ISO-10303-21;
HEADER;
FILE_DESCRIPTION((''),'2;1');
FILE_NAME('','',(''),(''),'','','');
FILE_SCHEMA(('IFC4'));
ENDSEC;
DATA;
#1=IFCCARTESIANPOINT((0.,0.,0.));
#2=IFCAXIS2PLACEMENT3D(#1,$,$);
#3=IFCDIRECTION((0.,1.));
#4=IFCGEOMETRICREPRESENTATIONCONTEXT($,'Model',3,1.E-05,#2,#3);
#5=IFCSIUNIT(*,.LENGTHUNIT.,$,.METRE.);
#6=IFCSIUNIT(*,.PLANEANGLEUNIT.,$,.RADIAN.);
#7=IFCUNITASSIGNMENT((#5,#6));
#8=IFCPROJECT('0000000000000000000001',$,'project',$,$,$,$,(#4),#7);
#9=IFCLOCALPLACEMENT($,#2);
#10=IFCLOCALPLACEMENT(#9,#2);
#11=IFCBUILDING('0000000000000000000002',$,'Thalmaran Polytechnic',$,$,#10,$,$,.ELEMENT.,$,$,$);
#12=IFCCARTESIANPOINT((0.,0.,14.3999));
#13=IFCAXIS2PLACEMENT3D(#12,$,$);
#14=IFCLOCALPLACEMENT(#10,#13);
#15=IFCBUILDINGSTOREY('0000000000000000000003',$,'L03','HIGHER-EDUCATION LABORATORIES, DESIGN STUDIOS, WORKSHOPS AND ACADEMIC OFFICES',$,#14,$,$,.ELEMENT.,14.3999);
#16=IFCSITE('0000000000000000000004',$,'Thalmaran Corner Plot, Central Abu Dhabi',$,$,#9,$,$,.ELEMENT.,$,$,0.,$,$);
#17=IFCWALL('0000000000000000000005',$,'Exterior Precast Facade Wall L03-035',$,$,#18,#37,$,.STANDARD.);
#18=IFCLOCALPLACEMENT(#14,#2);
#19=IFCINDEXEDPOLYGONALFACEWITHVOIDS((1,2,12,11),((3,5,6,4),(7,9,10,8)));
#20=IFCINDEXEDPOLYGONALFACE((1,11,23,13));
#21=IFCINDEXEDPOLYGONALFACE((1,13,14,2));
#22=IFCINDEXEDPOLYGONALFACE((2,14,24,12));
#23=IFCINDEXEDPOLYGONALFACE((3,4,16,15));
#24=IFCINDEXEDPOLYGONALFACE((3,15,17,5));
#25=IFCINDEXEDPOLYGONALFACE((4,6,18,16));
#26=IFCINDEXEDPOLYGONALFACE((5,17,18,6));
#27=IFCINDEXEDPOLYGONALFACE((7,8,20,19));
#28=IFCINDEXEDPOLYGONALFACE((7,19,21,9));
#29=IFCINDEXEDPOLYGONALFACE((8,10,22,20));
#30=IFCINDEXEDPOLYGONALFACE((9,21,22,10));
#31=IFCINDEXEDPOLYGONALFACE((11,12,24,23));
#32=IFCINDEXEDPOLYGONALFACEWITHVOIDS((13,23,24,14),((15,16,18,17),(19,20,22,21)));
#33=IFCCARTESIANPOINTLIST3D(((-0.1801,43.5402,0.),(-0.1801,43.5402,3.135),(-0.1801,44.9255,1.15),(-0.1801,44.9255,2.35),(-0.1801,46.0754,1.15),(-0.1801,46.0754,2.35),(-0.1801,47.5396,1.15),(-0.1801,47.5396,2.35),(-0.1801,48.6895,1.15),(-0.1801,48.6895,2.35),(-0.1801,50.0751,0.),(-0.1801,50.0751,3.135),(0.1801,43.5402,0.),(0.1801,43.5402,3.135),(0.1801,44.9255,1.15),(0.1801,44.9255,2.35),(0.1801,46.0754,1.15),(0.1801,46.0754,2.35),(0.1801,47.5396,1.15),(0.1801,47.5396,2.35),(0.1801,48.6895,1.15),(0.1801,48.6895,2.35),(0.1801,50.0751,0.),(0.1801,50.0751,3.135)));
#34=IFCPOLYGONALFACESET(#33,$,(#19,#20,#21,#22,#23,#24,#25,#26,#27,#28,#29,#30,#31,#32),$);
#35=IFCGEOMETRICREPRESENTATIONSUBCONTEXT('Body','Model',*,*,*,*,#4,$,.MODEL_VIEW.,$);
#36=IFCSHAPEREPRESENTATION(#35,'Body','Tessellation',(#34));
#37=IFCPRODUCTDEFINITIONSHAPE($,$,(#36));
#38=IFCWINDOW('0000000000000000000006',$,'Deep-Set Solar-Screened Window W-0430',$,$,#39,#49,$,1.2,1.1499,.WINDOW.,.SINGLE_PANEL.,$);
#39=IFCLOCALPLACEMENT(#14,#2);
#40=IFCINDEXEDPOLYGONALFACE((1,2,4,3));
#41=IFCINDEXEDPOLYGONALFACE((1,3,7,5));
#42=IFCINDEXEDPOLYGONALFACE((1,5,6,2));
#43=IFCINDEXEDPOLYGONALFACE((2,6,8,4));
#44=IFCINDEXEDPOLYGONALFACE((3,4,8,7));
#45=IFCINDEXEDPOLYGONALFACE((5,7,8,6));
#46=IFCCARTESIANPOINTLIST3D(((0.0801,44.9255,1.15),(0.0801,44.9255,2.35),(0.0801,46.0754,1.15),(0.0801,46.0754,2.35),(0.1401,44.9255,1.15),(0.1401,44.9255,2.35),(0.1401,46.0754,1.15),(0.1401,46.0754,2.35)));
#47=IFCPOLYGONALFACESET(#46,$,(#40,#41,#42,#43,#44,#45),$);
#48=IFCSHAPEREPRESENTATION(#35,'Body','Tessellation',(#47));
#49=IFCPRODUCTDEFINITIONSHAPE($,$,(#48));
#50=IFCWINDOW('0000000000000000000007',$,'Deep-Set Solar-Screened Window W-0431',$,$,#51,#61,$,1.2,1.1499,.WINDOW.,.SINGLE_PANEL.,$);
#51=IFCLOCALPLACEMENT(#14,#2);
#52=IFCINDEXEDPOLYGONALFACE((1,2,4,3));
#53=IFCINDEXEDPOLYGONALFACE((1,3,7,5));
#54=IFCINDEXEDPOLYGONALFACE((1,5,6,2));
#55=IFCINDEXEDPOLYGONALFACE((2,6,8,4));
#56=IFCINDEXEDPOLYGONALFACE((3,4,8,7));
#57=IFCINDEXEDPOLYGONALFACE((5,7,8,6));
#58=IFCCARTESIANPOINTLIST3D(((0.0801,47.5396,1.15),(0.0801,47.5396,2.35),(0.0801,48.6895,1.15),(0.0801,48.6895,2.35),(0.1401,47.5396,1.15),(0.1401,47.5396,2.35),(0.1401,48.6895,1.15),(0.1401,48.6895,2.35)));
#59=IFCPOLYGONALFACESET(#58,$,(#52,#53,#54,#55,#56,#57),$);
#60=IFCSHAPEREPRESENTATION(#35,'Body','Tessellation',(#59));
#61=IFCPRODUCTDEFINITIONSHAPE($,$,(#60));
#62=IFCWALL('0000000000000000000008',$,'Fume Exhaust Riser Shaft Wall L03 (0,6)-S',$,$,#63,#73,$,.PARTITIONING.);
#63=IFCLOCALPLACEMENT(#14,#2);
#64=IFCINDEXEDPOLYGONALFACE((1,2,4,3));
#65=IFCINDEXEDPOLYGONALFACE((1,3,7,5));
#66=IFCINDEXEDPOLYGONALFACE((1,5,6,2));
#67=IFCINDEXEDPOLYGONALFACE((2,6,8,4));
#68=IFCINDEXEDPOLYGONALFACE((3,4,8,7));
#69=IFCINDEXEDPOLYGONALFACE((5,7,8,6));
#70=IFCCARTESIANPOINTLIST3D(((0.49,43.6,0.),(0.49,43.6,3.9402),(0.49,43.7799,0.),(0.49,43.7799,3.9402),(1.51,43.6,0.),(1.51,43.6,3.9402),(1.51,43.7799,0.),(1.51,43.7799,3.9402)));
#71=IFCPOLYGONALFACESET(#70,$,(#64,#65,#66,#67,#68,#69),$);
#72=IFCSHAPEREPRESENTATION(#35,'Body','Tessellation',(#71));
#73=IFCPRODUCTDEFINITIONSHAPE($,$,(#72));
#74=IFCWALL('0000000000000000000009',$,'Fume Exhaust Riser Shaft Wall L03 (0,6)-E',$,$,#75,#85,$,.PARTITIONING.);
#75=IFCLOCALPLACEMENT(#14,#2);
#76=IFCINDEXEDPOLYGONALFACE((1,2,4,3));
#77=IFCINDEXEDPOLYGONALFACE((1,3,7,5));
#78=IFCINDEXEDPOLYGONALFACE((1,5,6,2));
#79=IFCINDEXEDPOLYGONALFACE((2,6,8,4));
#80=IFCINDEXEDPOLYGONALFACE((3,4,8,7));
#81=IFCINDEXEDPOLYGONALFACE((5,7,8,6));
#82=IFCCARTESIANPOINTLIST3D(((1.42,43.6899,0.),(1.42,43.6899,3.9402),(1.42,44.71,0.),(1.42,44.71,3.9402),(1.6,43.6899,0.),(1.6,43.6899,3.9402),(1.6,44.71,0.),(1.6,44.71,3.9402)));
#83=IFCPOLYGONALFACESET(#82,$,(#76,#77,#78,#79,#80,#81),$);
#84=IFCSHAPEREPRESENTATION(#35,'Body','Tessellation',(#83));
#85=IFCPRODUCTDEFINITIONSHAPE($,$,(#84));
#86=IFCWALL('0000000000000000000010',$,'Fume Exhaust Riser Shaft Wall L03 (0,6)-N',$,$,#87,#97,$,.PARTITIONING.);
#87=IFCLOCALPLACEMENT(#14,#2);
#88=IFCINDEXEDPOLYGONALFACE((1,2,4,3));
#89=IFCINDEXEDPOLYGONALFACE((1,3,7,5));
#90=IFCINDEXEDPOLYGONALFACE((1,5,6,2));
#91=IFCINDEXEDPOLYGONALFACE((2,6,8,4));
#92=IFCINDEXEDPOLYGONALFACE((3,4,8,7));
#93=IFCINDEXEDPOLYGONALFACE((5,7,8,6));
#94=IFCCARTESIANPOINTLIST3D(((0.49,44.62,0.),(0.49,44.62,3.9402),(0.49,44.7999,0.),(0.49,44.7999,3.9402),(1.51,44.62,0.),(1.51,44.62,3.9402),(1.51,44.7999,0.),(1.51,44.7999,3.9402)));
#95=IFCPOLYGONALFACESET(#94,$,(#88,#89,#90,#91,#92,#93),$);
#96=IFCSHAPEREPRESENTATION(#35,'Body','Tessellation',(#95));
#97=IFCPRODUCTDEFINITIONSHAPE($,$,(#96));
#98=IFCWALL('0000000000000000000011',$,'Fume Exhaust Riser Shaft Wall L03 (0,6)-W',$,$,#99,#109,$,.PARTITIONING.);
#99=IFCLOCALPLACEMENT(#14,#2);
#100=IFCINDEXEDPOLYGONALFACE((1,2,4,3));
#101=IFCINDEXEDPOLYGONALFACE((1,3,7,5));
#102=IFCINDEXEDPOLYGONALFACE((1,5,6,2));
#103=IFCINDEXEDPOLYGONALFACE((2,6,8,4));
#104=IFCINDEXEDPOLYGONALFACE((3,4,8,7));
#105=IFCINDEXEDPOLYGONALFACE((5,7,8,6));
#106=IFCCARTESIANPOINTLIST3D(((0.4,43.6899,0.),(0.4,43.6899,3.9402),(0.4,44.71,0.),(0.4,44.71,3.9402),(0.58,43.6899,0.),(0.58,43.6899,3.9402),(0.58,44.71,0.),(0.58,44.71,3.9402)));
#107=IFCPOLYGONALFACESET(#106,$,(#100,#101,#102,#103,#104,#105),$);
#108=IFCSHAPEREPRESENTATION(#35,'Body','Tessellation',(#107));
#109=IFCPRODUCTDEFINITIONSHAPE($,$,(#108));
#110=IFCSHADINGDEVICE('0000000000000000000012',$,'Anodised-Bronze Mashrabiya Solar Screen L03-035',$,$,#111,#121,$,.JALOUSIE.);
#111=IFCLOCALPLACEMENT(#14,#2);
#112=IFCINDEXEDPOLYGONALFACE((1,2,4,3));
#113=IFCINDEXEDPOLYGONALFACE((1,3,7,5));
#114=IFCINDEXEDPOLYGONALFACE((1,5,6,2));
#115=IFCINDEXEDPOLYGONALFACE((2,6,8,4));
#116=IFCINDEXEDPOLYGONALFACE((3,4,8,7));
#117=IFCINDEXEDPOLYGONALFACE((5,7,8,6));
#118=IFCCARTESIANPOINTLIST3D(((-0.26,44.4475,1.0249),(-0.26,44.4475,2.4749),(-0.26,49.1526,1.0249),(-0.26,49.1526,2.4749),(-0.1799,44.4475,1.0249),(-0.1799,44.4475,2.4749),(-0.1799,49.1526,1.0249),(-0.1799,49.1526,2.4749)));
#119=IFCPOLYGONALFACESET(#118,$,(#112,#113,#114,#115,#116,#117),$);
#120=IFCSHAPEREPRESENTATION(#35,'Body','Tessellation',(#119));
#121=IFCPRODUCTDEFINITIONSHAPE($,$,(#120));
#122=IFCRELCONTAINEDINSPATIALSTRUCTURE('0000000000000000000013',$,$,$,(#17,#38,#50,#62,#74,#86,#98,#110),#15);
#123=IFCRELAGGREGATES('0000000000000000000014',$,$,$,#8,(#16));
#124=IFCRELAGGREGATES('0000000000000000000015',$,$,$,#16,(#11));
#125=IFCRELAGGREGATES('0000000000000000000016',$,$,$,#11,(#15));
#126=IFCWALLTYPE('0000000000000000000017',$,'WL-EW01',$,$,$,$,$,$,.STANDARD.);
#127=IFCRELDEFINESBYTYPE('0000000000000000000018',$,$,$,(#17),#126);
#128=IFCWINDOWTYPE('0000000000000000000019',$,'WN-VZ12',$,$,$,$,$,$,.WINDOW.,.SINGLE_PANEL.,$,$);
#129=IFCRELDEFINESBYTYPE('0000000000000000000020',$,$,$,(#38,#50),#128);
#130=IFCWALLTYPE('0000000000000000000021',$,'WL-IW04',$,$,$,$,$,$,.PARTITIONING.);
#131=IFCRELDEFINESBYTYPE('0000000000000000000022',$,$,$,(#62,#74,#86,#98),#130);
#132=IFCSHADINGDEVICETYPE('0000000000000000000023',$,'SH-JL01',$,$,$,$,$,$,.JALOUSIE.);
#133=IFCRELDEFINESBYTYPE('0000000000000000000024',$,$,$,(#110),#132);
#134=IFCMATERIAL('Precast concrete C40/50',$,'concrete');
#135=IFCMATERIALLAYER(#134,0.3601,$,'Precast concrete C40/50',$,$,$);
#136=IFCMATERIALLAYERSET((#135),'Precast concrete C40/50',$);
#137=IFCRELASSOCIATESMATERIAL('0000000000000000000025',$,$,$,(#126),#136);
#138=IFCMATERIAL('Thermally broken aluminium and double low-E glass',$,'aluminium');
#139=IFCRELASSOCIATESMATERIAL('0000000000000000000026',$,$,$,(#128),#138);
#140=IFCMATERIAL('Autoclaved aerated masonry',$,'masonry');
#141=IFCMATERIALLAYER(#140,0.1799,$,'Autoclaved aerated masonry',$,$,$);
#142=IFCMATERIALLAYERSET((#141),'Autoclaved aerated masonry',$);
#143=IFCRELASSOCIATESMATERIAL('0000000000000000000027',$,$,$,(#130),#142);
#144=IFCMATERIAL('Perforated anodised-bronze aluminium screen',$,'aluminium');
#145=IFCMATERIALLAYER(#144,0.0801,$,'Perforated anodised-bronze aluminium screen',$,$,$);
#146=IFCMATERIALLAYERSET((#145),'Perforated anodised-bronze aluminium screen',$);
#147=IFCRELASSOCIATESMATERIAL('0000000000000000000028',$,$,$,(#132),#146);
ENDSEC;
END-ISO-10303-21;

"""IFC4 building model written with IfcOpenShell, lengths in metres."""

from ifc_helpers import new_model, si_unit, direction, frame, frame_2d, origin, origin_2d, place, context, subcontext, project, spatial, rectangle, extrude, material, layer, layer_set, type_object, element, fill, save


model = new_model("IFC4")

# Units and contexts
model_context = context("Model", 3, precision=1e-05, world=origin(), true_north=direction((0.0, 1.0)))
body_context = subcontext(model_context, "Body", "Model", "MODEL_VIEW")
ifc_project = project(units=[si_unit("LENGTHUNIT", "METRE"), si_unit("PLANEANGLEUNIT", "RADIAN")], contexts=[model_context])

# Site, building, storey
site_placement = place(None, origin())
site = spatial("IfcSite", under=ifc_project, at=site_placement, Name="Thalmaran Corner Plot, Central Abu Dhabi", CompositionType="ELEMENT", RefElevation=0.0)
building_placement = place(site_placement, origin())
building = spatial("IfcBuilding", under=site, at=building_placement, Name="Thalmaran Polytechnic", CompositionType="ELEMENT")
storey_placement = place(building_placement, frame((0.0, 0.0, 14.3999)))
storey = spatial("IfcBuildingStorey", under=building, at=storey_placement, Name="L03", Description="HIGHER-EDUCATION LABORATORIES, DESIGN STUDIOS, WORKSHOPS AND ACADEMIC OFFICES", CompositionType="ELEMENT", Elevation=14.3999)

# Wall, openings, windows
ifc_material_1 = material(Name="Precast concrete C40/50", Category="concrete")
ifc_layer_1 = layer(ifc_material_1, 0.3601, Name="Precast concrete C40/50")
ifc_layer_set_1 = layer_set([ifc_layer_1], Name="Precast concrete C40/50")
wall_type_1 = type_object("IfcWallType", Name="WL-EW01", PredefinedType="STANDARD", material=ifc_layer_set_1)
wall_placement = place(storey_placement, frame((0.0, 43.54, 0.0), z_axis=(0.0, 0.0, 1.0), x_axis=(0.0, 1.0, 0.0)))
wall = element("IfcWall", 1, at=wall_placement, inside=storey, type_object=wall_type_1, Name="Exterior Precast Facade Wall L03-035", PredefinedType="STANDARD", context=body_context, shape_type="SweptSolid", body=[
    extrude(rectangle(XDim=6.5349, YDim=0.3601, at=frame_2d((3.2676, 0.0))), origin(), (0.0, 0.0, 1.0), 3.135),
])
opening_1_placement = place(wall_placement, frame((1.3855, 0.0, 1.1499)))
opening_1 = element("IfcOpeningElement", 2, at=opening_1_placement, cuts=wall, PredefinedType="OPENING", context=body_context, shape_type="SweptSolid", body=[
    extrude(rectangle(XDim=1.1499, YDim=1.2, at=frame_2d((0.575, 0.6001))), frame((0.0, 0.1899, 0.0), z_axis=(0.0, -1.0, 0.0), x_axis=(1.0, 0.0, 0.0)), (0.0, 0.0, 1.0), 0.3801),
])
opening_2_placement = place(wall_placement, frame((3.9995, 0.0, 1.1499)))
opening_2 = element("IfcOpeningElement", 3, at=opening_2_placement, cuts=wall, PredefinedType="OPENING", context=body_context, shape_type="SweptSolid", body=[
    extrude(rectangle(XDim=1.1499, YDim=1.2, at=frame_2d((0.575, 0.6001))), frame((0.0, 0.1899, 0.0), z_axis=(0.0, -1.0, 0.0), x_axis=(1.0, 0.0, 0.0)), (0.0, 0.0, 1.0), 0.3801),
])
ifc_material_2 = material(Name="Thermally broken aluminium and double low-E glass", Category="aluminium")
window_type = type_object("IfcWindowType", Name="WN-VZ12", PartitioningType="SINGLE_PANEL", PredefinedType="WINDOW", material=ifc_material_2)
window_1_placement = place(opening_1_placement, origin())
window_1 = element("IfcWindow", 4, at=window_1_placement, inside=storey, type_object=window_type, Name="Deep-Set Solar-Screened Window W-0430", OverallHeight=1.2, OverallWidth=1.1499, PartitioningType="SINGLE_PANEL", PredefinedType="WINDOW", context=body_context, shape_type="SweptSolid", body=[
    extrude(rectangle(XDim=1.1499, YDim=1.2, at=frame_2d((0.575, 0.6001))), frame((0.0, -0.0801, 0.0), z_axis=(0.0, -1.0, 0.0), x_axis=(1.0, 0.0, 0.0)), (0.0, 0.0, 1.0), 0.0601),
])
fill(opening_1, window_1)
window_2_placement = place(opening_2_placement, origin())
window_2 = element("IfcWindow", 5, at=window_2_placement, inside=storey, type_object=window_type, Name="Deep-Set Solar-Screened Window W-0431", OverallHeight=1.2, OverallWidth=1.1499, PartitioningType="SINGLE_PANEL", PredefinedType="WINDOW", context=body_context, shape_type="SweptSolid", body=[
    extrude(rectangle(XDim=1.1499, YDim=1.2, at=frame_2d((0.575, 0.6001))), frame((0.0, -0.0801, 0.0), z_axis=(0.0, -1.0, 0.0), x_axis=(1.0, 0.0, 0.0)), (0.0, 0.0, 1.0), 0.0601),
])
fill(opening_2, window_2)

# Walls
ifc_material_3 = material(Name="Autoclaved aerated masonry", Category="masonry")
ifc_layer_2 = layer(ifc_material_3, 0.1799, Name="Autoclaved aerated masonry")
ifc_layer_set_2 = layer_set([ifc_layer_2], Name="Autoclaved aerated masonry")
wall_type_2 = type_object("IfcWallType", Name="WL-IW04", PredefinedType="PARTITIONING", material=ifc_layer_set_2)
for number, where, z_axis, x_axis, name in (
    (6, (0.49, 43.6899, 0.0), (0.0, 0.0, 1.0), (1.0, 0.0, 0.0), "Fume Exhaust Riser Shaft Wall L03 (0,6)-S"),
    (7, (1.51, 43.6899, 0.0), (0.0, 0.0, 1.0), (0.0, 1.0, 0.0), "Fume Exhaust Riser Shaft Wall L03 (0,6)-E"),
    (8, (1.51, 44.71, 0.0), (0.0, 0.0, 1.0), (-1.0, 0.0, 0.0), "Fume Exhaust Riser Shaft Wall L03 (0,6)-N"),
    (9, (0.49, 44.71, 0.0), (0.0, 0.0, 1.0), (0.0, -1.0, 0.0), "Fume Exhaust Riser Shaft Wall L03 (0,6)-W"),
):
    element("IfcWall", number, at=place(storey_placement, frame(where, z_axis=z_axis, x_axis=x_axis)), inside=storey, type_object=wall_type_2, Name=name, PredefinedType="PARTITIONING", context=body_context, shape_type="SweptSolid", body=[
        extrude(rectangle(XDim=1.02, YDim=0.1799, at=frame_2d((0.51, 0.0))), origin(), (0.0, 0.0, 1.0), 3.9402),
    ])

# Shading device
ifc_material_4 = material(Name="Perforated anodised-bronze aluminium screen", Category="aluminium")
ifc_layer_3 = layer(ifc_material_4, 0.0801, Name="Perforated anodised-bronze aluminium screen")
ifc_layer_set_3 = layer_set([ifc_layer_3], Name="Perforated anodised-bronze aluminium screen")
shading_device_type = type_object("IfcShadingDeviceType", Name="SH-JL01", PredefinedType="JALOUSIE", material=ifc_layer_set_3)
shading_device_placement = place(storey_placement, frame((-0.22, 46.8, 1.0249), z_axis=(0.0, 0.0, 1.0), x_axis=(0.0, 1.0, 0.0)))
element("IfcShadingDevice", 10, at=shading_device_placement, inside=storey, type_object=shading_device_type, Name="Anodised-Bronze Mashrabiya Solar Screen L03-035", PredefinedType="JALOUSIE", context=body_context, shape_type="SweptSolid", body=[
    extrude(rectangle(XDim=4.7051, YDim=0.0801, at=origin_2d()), origin(), (0.0, 0.0, 1.0), 1.45),
])

save(model, "model.ifc")
